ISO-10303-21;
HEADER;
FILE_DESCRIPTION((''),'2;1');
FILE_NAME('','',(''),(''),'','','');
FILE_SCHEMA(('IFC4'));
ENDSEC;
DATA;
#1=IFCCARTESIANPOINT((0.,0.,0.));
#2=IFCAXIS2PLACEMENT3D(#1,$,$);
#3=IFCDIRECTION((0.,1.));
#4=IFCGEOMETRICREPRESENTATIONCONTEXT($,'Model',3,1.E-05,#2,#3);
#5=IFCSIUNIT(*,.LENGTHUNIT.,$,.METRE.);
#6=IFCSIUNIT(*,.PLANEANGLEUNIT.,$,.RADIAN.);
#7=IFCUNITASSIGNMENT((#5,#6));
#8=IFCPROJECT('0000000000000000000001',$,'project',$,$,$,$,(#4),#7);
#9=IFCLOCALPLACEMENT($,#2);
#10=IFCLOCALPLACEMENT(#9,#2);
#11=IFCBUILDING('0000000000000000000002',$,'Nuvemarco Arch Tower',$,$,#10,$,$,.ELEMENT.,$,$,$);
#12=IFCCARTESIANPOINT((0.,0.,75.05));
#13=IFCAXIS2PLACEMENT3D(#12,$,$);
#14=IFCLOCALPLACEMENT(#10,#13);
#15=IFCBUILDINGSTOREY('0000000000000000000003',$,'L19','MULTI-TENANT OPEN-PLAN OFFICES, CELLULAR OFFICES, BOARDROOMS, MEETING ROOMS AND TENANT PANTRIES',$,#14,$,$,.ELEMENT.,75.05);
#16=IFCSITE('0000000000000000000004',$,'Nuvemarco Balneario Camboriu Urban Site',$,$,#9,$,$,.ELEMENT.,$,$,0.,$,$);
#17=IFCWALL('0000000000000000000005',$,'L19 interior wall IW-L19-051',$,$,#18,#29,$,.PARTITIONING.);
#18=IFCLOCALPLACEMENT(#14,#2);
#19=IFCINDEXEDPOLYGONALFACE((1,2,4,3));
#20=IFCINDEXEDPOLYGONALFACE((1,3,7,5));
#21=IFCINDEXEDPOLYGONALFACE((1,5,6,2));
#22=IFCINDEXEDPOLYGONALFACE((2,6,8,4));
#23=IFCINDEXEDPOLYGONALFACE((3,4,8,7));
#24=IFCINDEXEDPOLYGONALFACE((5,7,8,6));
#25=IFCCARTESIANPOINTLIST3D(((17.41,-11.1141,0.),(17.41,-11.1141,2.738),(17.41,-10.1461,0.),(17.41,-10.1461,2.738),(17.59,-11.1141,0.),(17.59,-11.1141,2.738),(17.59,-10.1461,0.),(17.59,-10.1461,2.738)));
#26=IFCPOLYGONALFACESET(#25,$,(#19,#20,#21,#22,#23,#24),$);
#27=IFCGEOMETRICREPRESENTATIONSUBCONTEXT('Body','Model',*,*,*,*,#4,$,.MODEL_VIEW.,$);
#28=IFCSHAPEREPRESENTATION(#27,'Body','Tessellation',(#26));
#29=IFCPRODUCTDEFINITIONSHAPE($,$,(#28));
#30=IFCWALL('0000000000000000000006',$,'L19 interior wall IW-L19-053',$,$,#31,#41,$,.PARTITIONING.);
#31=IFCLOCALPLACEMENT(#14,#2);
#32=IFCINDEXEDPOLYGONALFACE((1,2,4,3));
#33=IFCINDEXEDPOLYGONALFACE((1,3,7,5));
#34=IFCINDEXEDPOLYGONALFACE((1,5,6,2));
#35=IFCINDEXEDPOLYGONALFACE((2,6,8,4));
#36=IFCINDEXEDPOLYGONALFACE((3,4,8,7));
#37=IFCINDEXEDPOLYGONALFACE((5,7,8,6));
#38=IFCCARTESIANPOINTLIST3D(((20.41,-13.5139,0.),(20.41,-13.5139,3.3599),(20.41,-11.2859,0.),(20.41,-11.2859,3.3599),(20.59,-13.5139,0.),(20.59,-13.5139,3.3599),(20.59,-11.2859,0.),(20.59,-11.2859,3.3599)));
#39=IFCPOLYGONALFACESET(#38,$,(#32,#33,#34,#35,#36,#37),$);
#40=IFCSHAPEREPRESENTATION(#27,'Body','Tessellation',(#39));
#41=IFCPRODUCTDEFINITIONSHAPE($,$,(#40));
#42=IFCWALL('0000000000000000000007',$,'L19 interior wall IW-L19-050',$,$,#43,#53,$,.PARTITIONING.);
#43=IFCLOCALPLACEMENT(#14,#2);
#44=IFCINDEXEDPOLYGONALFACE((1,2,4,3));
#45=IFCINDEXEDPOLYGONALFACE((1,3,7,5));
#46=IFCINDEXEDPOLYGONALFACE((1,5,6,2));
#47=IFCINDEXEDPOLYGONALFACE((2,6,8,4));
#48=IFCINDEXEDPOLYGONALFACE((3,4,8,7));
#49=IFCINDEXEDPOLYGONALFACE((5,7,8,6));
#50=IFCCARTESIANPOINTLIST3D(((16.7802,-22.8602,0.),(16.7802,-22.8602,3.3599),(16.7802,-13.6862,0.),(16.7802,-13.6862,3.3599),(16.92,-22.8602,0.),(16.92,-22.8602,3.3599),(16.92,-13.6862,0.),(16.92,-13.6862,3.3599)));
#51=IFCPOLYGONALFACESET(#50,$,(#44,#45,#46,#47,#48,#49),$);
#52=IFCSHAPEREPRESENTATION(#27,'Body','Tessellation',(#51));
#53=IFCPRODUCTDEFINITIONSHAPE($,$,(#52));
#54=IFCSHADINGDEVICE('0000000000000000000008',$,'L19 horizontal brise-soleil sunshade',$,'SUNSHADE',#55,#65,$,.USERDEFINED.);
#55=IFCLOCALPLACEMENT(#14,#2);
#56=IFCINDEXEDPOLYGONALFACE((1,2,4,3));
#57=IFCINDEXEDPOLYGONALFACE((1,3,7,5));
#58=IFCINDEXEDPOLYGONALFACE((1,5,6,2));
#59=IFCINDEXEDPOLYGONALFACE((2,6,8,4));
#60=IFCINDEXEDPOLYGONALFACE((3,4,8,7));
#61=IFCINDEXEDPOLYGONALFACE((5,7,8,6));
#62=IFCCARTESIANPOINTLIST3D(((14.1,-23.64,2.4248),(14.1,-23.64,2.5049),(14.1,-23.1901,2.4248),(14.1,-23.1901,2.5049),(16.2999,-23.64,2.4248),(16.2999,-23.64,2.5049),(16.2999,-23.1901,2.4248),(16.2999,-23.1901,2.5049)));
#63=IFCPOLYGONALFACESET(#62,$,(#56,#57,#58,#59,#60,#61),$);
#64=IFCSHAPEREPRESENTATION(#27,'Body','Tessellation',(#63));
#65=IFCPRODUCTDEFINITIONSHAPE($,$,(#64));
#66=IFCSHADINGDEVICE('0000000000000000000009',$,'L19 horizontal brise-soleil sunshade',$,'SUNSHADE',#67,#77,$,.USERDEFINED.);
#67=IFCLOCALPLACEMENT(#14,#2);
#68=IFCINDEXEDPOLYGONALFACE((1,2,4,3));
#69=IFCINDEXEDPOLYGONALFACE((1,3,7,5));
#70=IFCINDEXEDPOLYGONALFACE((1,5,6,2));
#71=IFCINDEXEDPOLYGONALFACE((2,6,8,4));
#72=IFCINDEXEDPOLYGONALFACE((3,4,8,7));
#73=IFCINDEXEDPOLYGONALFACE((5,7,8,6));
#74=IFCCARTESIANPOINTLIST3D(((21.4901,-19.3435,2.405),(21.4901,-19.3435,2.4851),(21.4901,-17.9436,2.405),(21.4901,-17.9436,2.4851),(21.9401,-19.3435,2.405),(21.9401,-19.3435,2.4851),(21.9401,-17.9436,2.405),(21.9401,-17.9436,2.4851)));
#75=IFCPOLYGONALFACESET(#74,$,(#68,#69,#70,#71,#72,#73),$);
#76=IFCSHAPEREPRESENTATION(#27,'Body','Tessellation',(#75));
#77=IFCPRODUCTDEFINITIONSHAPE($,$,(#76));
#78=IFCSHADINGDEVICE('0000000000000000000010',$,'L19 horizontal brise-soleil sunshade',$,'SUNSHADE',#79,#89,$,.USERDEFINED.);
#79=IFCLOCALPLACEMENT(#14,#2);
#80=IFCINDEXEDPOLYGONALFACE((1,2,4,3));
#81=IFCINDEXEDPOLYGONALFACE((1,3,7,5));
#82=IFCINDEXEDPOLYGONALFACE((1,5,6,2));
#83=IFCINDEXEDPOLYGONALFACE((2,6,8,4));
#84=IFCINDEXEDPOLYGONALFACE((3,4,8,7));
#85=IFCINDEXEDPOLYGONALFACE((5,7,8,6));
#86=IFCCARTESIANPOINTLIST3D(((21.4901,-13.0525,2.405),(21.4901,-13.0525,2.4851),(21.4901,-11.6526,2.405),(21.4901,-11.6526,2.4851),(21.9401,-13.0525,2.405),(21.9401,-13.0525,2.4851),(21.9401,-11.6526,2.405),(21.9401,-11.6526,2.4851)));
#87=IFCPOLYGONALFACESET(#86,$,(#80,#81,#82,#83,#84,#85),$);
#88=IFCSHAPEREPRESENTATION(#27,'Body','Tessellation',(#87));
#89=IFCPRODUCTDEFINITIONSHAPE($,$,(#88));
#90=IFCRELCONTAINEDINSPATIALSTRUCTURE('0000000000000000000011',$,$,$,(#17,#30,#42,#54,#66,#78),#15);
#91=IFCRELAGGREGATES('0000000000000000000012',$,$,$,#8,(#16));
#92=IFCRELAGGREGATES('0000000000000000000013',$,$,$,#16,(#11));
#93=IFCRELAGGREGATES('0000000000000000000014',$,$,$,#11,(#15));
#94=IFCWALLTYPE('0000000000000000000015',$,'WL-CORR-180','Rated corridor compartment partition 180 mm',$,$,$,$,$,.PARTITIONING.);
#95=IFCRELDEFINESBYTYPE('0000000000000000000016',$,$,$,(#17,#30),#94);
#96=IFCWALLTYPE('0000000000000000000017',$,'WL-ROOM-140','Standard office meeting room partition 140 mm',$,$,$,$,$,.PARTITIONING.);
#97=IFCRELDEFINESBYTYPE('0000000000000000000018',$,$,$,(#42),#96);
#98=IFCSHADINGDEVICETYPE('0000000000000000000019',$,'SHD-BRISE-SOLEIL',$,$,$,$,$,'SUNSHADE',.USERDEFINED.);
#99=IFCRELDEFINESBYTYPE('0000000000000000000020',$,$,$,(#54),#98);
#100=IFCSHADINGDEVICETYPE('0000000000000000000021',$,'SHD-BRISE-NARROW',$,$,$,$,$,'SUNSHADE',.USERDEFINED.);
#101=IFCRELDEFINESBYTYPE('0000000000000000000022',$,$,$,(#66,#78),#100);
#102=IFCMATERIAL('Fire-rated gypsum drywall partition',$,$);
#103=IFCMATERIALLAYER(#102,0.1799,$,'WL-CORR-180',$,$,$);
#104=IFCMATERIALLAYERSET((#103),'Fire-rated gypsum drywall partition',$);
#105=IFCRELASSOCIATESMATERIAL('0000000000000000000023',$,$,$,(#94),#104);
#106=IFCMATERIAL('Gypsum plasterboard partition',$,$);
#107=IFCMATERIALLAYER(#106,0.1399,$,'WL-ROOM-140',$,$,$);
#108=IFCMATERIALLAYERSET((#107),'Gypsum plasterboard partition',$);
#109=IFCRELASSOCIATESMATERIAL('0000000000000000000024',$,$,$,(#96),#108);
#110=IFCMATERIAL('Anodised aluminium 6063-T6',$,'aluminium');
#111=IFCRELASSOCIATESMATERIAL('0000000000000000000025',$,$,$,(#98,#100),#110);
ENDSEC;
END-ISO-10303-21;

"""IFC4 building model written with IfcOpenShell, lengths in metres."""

from ifc_helpers import new_model, si_unit, direction, frame, frame_2d, origin, origin_2d, place, context, subcontext, project, spatial, rectangle, extrude, source, transform, mapped, material, layer, layer_set, type_object, type_shapes, element, save


model = new_model("IFC4")

# Units and contexts
model_context = context("Model", 3, precision=1e-05, world=origin(), true_north=direction((0.0, 1.0)))
body_context = subcontext(model_context, "Body", "Model", "MODEL_VIEW")
ifc_project = project(units=[si_unit("LENGTHUNIT", "METRE"), si_unit("PLANEANGLEUNIT", "RADIAN")], contexts=[model_context])

# Site, building, storey
site_placement = place(None, origin())
site = spatial("IfcSite", under=ifc_project, at=site_placement, Name="Nuvemarco Balneario Camboriu Urban Site", CompositionType="ELEMENT", RefElevation=0.0)
building_placement = place(site_placement, origin())
building = spatial("IfcBuilding", under=site, at=building_placement, Name="Nuvemarco Arch Tower", CompositionType="ELEMENT")
storey_placement = place(building_placement, frame((0.0, 0.0, 75.05)))
storey = spatial("IfcBuildingStorey", under=building, at=storey_placement, Name="L19", Description="MULTI-TENANT OPEN-PLAN OFFICES, CELLULAR OFFICES, BOARDROOMS, MEETING ROOMS AND TENANT PANTRIES", CompositionType="ELEMENT", Elevation=75.05)

# Walls
ifc_material_1 = material(Name="Fire-rated gypsum drywall partition")
ifc_layer_1 = layer(ifc_material_1, 0.1799, Name="WL-CORR-180")
ifc_layer_set_1 = layer_set([ifc_layer_1], Name="Fire-rated gypsum drywall partition")
wall_type_1 = type_object("IfcWallType", Name="WL-CORR-180", Description="Rated corridor compartment partition 180 mm", PredefinedType="PARTITIONING", material=ifc_layer_set_1)
wall_1_placement = place(storey_placement, frame((17.5, -11.114, 0.0), z_axis=(0.0, 0.0, 1.0), x_axis=(0.0, 1.0, 0.0)))
element("IfcWall", 1, at=wall_1_placement, inside=storey, type_object=wall_type_1, Name="L19 interior wall IW-L19-051", PredefinedType="PARTITIONING", context=body_context, shape_type="SweptSolid", body=[
    extrude(rectangle(XDim=0.968, YDim=0.1799, at=frame_2d((0.4839, 0.0))), origin(), (0.0, 0.0, 1.0), 2.738),
])
wall_2_placement = place(storey_placement, frame((20.5, -13.5139, 0.0), z_axis=(0.0, 0.0, 1.0), x_axis=(0.0, 1.0, 0.0)))
element("IfcWall", 2, at=wall_2_placement, inside=storey, type_object=wall_type_1, Name="L19 interior wall IW-L19-053", PredefinedType="PARTITIONING", context=body_context, shape_type="SweptSolid", body=[
    extrude(rectangle(XDim=2.228, YDim=0.1799, at=frame_2d((1.114, 0.0))), origin(), (0.0, 0.0, 1.0), 3.3599),
])
ifc_material_2 = material(Name="Gypsum plasterboard partition")
ifc_layer_2 = layer(ifc_material_2, 0.1399, Name="WL-ROOM-140")
ifc_layer_set_2 = layer_set([ifc_layer_2], Name="Gypsum plasterboard partition")
wall_type_2 = type_object("IfcWallType", Name="WL-ROOM-140", Description="Standard office meeting room partition 140 mm", PredefinedType="PARTITIONING", material=ifc_layer_set_2)
wall_3_placement = place(storey_placement, frame((16.8501, -22.8601, 0.0), z_axis=(0.0, 0.0, 1.0), x_axis=(0.0, 1.0, 0.0)))
element("IfcWall", 3, at=wall_3_placement, inside=storey, type_object=wall_type_2, Name="L19 interior wall IW-L19-050", PredefinedType="PARTITIONING", context=body_context, shape_type="SweptSolid", body=[
    extrude(rectangle(XDim=9.1741, YDim=0.1399, at=frame_2d((4.5869, 0.0))), origin(), (0.0, 0.0, 1.0), 3.3599),
])

# Shading devices
ifc_material_3 = material(Name="Anodised aluminium 6063-T6", Category="aluminium")
shading_device_type_1 = type_object("IfcShadingDeviceType", Name="SHD-BRISE-SOLEIL", ElementType="SUNSHADE", PredefinedType="USERDEFINED", material=ifc_material_3)
shared_shape_1 = source(origin(), body_context, "Body", "SweptSolid", [
    extrude(rectangle(XDim=2.2, YDim=0.45, at=origin_2d()), origin(), (0.0, 0.0, 1.0), 0.0801),
])
type_shapes(shading_device_type_1, [shared_shape_1])
shading_device_placement = place(storey_placement, frame((15.2, -23.415, 2.4248), z_axis=(0.0, 0.0, 1.0), x_axis=(1.0, 0.0, 0.0)))
element("IfcShadingDevice", 4, at=shading_device_placement, inside=storey, type_object=shading_device_type_1, Name="L19 horizontal brise-soleil sunshade", ObjectType="SUNSHADE", PredefinedType="USERDEFINED", context=body_context, shape_type="MappedRepresentation", body=[
    mapped(shared_shape_1, transform((0.0, 0.0, 0.0), scale=1.0)),
])
shading_device_type_2 = type_object("IfcShadingDeviceType", Name="SHD-BRISE-NARROW", ElementType="SUNSHADE", PredefinedType="USERDEFINED", material=ifc_material_3)
shared_shape_2 = source(origin(), body_context, "Body", "SweptSolid", [
    extrude(rectangle(XDim=1.3999, YDim=0.45, at=origin_2d()), origin(), (0.0, 0.0, 1.0), 0.0801),
])
type_shapes(shading_device_type_2, [shared_shape_2])
for number, where, z_axis, x_axis, name in (
    (5, (21.7151, -18.6436, 2.405), (0.0, 0.0, 1.0), (0.0, 1.0, 0.0), "L19 horizontal brise-soleil sunshade"),
    (6, (21.7151, -12.3525, 2.405), (0.0, 0.0, 1.0), (0.0, 1.0, 0.0), "L19 horizontal brise-soleil sunshade"),
):
    element("IfcShadingDevice", number, at=place(storey_placement, frame(where, z_axis=z_axis, x_axis=x_axis)), inside=storey, type_object=shading_device_type_2, Name=name, ObjectType="SUNSHADE", PredefinedType="USERDEFINED", context=body_context, shape_type="MappedRepresentation", body=[
        mapped(shared_shape_2, transform((0.0, 0.0, 0.0), scale=1.0)),
    ])

save(model, "model.ifc")
